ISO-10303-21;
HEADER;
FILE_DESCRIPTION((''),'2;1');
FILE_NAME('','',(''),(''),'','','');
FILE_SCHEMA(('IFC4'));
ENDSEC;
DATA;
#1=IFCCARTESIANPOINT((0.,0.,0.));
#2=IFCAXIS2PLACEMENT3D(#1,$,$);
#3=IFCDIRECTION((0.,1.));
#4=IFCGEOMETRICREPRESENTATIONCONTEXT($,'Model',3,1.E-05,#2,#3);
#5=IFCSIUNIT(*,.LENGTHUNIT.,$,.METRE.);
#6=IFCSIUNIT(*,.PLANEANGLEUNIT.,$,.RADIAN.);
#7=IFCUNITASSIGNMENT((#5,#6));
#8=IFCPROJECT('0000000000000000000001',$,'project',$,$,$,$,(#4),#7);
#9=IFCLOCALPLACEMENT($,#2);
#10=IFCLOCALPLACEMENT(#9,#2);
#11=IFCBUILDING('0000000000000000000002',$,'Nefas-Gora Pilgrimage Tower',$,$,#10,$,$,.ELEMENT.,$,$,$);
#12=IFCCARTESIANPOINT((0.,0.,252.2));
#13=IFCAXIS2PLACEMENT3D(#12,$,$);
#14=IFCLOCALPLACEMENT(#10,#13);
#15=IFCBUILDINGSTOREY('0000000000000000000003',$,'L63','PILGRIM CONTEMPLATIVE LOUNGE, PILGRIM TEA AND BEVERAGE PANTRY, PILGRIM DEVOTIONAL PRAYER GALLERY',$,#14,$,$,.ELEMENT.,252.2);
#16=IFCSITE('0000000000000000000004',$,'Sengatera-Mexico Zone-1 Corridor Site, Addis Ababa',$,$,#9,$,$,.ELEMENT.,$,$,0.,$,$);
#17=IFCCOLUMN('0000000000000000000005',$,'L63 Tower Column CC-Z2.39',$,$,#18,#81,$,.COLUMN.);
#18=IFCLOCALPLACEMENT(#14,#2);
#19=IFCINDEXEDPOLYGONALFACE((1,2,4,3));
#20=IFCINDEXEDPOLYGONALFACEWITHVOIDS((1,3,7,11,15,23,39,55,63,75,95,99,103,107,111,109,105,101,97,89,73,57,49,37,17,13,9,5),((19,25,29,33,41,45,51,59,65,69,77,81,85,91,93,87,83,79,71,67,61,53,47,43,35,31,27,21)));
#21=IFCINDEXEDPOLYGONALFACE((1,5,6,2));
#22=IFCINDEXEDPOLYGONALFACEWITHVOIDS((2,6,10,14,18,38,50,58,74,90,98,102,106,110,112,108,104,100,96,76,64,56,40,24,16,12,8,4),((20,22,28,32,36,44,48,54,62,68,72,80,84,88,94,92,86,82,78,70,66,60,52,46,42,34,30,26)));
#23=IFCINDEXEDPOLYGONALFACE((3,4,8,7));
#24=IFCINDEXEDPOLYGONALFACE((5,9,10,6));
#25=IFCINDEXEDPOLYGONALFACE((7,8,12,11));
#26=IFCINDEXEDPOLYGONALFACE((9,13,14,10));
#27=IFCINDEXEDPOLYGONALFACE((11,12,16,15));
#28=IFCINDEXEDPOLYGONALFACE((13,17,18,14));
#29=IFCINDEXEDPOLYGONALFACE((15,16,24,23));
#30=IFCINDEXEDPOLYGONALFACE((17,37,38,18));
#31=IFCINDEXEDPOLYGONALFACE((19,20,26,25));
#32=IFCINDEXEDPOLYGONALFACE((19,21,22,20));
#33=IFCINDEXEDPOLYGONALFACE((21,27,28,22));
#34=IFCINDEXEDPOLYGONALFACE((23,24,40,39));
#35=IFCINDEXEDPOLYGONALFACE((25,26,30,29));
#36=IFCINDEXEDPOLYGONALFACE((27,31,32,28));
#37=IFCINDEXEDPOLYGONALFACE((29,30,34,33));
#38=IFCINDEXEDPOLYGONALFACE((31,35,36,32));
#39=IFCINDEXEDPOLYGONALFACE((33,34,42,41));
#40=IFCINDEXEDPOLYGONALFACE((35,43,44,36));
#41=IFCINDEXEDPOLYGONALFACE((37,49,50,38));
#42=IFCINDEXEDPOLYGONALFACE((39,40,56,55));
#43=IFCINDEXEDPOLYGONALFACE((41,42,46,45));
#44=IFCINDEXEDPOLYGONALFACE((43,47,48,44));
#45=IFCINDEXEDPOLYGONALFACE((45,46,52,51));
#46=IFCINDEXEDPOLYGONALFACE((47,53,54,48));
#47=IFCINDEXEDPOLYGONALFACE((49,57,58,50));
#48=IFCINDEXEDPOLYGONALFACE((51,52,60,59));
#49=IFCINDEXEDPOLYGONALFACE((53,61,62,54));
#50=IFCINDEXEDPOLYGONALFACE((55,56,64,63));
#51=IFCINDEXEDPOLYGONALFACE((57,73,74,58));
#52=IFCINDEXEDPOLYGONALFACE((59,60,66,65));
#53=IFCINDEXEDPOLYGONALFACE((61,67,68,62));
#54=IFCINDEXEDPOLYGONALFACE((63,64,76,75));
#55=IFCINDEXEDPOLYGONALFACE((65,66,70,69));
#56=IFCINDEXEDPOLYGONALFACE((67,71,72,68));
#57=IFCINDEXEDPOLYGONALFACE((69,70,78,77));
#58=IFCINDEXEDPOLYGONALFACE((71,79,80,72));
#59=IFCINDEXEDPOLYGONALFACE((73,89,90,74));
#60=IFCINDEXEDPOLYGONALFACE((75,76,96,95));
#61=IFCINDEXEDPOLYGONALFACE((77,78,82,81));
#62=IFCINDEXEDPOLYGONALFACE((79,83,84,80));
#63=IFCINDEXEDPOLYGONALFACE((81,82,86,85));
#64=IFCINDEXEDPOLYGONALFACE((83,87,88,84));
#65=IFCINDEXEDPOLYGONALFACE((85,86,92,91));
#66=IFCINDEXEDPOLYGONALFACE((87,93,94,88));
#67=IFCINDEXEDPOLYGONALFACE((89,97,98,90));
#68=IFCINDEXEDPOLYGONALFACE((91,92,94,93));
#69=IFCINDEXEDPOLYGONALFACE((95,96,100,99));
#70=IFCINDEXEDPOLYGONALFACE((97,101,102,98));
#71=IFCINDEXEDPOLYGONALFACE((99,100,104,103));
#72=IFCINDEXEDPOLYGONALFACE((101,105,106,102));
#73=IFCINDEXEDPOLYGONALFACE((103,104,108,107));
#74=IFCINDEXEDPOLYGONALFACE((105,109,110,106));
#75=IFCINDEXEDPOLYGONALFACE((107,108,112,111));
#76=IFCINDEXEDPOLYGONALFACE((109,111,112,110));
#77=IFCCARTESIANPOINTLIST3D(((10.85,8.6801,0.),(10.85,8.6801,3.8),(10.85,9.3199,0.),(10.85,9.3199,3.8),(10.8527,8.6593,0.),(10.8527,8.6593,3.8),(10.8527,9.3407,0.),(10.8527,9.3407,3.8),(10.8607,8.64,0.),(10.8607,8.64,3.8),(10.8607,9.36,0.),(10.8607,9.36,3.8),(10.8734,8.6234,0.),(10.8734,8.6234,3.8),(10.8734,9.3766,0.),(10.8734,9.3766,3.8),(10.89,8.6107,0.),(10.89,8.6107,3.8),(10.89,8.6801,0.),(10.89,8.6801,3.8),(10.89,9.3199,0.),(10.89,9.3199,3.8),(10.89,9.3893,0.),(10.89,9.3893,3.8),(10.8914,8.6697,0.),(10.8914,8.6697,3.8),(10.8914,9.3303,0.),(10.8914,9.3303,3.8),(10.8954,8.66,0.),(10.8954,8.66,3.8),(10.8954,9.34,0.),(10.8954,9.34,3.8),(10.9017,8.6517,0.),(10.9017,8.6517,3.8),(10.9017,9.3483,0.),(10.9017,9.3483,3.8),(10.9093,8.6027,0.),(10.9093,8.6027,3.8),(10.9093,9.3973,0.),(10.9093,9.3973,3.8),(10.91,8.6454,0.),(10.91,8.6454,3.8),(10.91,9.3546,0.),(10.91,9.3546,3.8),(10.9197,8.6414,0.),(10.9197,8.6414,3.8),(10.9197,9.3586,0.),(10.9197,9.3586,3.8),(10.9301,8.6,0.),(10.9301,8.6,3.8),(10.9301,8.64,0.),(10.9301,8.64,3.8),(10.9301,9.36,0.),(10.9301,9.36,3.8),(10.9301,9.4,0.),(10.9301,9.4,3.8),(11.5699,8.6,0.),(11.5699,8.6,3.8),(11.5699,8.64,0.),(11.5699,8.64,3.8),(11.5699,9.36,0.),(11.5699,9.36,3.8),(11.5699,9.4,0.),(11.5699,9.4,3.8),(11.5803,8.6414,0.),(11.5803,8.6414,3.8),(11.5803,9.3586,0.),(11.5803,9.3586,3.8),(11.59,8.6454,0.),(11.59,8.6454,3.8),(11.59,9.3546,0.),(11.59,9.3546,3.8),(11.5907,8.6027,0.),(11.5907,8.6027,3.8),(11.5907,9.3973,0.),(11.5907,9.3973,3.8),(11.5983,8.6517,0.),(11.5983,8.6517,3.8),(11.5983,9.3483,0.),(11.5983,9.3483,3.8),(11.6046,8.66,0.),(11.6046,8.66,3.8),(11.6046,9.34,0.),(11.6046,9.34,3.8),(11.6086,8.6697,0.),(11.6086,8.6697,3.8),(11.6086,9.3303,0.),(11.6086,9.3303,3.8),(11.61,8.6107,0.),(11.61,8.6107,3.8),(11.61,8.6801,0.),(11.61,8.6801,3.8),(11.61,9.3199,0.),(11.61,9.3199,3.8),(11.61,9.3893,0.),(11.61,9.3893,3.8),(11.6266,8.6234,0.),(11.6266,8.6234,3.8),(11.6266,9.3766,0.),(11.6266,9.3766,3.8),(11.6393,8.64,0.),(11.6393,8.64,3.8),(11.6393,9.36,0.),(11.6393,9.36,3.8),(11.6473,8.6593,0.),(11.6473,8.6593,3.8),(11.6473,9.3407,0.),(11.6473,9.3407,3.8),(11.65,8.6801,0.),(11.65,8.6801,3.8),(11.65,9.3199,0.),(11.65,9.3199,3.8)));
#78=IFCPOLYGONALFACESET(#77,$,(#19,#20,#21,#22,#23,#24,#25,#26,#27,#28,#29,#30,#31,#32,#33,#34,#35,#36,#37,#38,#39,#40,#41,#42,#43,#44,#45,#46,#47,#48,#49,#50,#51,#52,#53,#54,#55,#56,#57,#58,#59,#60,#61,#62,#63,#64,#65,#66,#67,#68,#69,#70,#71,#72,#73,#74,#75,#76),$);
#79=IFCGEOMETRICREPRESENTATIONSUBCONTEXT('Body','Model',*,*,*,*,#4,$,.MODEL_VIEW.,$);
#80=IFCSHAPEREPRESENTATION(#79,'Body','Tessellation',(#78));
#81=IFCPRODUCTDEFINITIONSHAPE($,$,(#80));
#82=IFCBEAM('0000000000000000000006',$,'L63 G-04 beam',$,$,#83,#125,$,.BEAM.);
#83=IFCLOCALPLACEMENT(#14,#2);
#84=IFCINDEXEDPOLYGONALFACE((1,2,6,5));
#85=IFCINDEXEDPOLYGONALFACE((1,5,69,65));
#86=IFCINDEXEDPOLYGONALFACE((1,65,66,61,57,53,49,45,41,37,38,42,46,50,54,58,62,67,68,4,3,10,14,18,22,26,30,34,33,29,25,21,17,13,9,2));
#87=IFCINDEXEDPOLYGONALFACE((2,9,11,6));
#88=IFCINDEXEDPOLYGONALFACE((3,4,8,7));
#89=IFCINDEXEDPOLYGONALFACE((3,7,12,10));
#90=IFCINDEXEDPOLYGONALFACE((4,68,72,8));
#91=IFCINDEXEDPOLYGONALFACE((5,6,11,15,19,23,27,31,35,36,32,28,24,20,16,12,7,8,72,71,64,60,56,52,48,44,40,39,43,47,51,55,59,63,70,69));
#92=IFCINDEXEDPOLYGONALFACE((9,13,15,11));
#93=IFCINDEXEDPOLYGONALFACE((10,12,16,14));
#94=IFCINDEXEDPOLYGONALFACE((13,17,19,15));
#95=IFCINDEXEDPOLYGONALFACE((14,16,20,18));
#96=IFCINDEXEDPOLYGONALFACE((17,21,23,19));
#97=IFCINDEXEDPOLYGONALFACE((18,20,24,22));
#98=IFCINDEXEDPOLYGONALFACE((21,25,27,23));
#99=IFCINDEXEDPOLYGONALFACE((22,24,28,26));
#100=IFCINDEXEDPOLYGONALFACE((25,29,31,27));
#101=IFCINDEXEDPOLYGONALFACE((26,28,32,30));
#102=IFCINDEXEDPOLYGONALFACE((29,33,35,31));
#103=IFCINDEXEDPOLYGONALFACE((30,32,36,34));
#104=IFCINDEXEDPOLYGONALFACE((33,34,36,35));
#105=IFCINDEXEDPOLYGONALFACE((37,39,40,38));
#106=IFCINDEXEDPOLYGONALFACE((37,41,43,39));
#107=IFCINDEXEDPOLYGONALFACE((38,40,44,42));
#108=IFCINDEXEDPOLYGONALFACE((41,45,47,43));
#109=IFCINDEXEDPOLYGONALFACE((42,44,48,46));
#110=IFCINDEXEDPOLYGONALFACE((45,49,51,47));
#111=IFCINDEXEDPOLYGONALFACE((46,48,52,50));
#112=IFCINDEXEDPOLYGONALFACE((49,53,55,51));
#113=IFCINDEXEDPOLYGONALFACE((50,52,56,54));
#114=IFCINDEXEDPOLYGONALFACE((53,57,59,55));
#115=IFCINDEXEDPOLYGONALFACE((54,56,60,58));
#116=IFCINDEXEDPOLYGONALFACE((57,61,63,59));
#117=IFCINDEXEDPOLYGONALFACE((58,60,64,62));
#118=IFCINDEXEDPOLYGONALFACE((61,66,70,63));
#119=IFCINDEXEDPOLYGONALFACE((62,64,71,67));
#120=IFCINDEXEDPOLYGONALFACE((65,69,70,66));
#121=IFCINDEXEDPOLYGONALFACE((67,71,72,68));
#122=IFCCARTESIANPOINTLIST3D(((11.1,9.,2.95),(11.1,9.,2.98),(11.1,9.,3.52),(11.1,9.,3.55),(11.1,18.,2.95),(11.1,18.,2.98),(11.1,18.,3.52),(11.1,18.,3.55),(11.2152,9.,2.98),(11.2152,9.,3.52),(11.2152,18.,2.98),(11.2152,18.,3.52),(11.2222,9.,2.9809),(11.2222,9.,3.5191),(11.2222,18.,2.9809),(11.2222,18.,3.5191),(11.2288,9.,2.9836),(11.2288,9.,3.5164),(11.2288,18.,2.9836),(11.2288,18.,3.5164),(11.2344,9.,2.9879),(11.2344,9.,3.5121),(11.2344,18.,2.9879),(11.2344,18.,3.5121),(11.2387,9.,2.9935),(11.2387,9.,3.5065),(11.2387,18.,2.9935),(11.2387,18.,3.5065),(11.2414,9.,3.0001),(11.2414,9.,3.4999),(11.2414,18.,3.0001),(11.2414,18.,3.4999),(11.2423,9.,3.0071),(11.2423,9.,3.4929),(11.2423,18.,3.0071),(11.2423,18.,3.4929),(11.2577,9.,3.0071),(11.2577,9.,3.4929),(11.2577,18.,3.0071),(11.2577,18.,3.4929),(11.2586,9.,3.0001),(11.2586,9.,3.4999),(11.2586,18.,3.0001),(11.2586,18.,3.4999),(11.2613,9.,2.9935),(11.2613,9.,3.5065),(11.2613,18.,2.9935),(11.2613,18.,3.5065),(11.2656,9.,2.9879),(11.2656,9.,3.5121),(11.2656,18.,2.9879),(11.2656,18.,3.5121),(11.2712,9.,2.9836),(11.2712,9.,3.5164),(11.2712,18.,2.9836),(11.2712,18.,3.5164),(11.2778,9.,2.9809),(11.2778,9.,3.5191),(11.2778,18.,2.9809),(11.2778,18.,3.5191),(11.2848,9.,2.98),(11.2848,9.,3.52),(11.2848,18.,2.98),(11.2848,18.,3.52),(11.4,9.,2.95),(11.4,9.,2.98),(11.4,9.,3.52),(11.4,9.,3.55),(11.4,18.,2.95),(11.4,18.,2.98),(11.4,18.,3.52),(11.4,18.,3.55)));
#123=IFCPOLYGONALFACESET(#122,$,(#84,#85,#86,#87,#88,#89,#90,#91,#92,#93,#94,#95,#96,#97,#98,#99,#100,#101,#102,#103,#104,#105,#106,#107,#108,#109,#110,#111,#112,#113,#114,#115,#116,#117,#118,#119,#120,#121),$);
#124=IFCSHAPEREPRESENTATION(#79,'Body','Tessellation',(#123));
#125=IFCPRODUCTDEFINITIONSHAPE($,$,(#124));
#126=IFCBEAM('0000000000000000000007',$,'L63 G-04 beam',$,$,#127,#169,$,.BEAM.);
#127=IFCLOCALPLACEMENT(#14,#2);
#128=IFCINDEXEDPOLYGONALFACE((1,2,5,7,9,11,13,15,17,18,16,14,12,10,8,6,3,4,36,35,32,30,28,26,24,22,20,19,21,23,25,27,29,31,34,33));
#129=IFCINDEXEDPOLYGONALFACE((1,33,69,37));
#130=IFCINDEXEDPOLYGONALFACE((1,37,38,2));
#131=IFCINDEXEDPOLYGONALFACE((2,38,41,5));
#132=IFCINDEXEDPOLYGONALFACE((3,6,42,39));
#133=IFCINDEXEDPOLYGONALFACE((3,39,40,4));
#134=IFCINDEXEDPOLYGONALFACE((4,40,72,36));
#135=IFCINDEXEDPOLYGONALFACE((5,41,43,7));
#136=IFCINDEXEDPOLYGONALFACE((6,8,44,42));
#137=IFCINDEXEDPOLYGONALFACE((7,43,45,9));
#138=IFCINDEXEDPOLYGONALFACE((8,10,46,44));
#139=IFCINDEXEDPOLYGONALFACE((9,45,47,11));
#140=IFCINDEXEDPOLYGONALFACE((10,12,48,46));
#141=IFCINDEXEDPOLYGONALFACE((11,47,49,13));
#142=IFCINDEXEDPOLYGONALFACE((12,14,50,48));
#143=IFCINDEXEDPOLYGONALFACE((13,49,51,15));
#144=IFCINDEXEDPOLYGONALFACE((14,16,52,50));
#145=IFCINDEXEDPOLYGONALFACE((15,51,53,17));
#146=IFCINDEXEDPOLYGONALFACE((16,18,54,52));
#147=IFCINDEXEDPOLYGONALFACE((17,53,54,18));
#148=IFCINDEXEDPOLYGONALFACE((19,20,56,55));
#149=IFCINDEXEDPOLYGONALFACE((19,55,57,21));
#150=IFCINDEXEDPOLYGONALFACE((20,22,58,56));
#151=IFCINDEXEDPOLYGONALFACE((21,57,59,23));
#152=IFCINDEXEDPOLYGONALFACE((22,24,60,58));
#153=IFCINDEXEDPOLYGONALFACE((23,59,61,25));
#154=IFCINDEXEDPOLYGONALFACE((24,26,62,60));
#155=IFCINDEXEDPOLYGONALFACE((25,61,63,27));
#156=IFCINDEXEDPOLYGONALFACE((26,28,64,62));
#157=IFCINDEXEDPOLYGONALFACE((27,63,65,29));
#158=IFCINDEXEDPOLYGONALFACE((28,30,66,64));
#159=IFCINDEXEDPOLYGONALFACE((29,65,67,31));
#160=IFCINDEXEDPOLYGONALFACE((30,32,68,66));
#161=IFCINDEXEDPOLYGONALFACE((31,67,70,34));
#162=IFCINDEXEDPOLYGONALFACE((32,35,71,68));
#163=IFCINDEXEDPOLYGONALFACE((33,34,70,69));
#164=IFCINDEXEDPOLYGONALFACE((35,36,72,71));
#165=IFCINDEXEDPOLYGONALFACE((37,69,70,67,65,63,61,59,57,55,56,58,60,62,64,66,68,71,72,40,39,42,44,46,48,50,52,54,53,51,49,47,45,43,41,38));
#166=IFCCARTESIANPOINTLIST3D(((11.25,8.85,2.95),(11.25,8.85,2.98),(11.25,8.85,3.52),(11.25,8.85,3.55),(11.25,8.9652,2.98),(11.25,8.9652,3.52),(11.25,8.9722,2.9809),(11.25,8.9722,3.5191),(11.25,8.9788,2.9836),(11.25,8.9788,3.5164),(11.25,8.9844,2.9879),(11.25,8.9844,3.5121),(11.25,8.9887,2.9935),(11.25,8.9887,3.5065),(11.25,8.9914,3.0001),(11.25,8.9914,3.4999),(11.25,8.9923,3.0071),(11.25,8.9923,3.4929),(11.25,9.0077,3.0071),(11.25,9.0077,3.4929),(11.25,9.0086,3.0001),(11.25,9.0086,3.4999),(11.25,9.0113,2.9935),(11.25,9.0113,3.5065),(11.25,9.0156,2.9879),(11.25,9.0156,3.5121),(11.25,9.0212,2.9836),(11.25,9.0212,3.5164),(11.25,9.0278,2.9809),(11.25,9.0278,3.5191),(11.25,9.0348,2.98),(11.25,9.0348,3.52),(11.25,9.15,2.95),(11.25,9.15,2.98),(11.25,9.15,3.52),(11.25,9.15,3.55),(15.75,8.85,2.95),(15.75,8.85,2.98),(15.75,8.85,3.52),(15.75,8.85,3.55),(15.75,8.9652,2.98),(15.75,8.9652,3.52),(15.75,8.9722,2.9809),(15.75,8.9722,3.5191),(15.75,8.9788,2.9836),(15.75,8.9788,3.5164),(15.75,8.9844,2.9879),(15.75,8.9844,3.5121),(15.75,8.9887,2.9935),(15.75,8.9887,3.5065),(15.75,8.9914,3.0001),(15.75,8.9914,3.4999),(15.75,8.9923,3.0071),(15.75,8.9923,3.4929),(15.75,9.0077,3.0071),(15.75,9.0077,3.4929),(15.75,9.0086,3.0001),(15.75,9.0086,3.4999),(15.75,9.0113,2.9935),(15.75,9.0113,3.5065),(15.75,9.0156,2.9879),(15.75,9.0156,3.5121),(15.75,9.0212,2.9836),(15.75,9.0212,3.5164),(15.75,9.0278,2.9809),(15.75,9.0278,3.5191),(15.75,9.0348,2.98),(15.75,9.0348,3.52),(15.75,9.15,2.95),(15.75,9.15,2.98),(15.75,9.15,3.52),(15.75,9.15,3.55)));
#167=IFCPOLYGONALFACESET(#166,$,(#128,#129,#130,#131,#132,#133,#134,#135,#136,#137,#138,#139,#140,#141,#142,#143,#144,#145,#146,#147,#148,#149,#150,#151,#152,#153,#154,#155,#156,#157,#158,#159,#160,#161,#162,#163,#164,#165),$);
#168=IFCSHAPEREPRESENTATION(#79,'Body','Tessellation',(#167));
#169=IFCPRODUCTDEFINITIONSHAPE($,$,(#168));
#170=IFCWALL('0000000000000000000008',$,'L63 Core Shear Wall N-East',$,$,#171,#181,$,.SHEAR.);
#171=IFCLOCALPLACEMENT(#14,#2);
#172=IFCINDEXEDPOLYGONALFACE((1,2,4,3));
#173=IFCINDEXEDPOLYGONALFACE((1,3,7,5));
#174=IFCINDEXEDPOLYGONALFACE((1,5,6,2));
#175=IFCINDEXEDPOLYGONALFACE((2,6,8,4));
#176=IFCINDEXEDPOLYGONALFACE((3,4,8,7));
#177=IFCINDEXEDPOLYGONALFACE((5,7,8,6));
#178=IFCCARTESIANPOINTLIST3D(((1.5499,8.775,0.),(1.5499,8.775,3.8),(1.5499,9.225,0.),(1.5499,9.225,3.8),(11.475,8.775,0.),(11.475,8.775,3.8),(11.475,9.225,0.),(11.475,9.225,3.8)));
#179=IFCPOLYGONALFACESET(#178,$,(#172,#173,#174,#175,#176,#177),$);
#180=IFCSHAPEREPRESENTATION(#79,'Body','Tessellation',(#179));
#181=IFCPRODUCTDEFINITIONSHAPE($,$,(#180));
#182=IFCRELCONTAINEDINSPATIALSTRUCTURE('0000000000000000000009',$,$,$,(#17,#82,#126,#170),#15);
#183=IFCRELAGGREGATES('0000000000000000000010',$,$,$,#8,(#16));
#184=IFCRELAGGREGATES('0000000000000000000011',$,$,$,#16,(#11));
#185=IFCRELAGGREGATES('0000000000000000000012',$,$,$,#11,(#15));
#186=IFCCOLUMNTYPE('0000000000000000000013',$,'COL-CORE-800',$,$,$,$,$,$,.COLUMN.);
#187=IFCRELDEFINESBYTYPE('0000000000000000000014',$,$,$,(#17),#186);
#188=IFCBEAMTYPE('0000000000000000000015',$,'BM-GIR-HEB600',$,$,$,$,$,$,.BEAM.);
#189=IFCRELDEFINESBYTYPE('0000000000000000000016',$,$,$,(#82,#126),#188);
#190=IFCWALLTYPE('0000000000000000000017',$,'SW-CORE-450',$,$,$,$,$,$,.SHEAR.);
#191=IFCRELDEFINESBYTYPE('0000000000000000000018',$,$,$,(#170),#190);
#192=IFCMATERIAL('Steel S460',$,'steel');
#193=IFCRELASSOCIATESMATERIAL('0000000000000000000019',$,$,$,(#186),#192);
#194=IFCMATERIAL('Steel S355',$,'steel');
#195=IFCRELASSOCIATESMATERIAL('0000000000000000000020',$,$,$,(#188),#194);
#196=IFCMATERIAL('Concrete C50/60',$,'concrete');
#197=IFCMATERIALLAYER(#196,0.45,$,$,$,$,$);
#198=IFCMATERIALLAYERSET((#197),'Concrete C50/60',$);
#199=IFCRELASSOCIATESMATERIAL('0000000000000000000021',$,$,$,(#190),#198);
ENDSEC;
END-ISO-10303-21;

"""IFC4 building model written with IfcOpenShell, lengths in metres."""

from ifc_helpers import new_model, si_unit, direction, frame, frame_2d, origin, origin_2d, place, context, subcontext, project, spatial, rectangle, hollow_rectangle, i_section, extrude, source, transform, mapped, material, layer, layer_set, material_profile, profile_set, type_object, element, save


model = new_model("IFC4")

# Units and contexts
model_context = context("Model", 3, precision=1e-05, world=origin(), true_north=direction((0.0, 1.0)))
body_context = subcontext(model_context, "Body", "Model", "MODEL_VIEW")
ifc_project = project(units=[si_unit("LENGTHUNIT", "METRE"), si_unit("PLANEANGLEUNIT", "RADIAN")], contexts=[model_context])

# Site, building, storey
site_placement = place(None, origin())
site = spatial("IfcSite", under=ifc_project, at=site_placement, Name="Sengatera-Mexico Zone-1 Corridor Site, Addis Ababa", CompositionType="ELEMENT", RefElevation=0.0)
building_placement = place(site_placement, origin())
building = spatial("IfcBuilding", under=site, at=building_placement, Name="Nefas-Gora Pilgrimage Tower", CompositionType="ELEMENT")
storey_placement = place(building_placement, frame((0.0, 0.0, 252.2)))
storey = spatial("IfcBuildingStorey", under=building, at=storey_placement, Name="L63", Description="PILGRIM CONTEMPLATIVE LOUNGE, PILGRIM TEA AND BEVERAGE PANTRY, PILGRIM DEVOTIONAL PRAYER GALLERY", CompositionType="ELEMENT", Elevation=252.2)

# Column
ifc_material_1 = material(Name="Steel S460", Category="steel")
ifc_material_profile_1 = material_profile(ifc_material_1, hollow_rectangle(XDim=0.8, YDim=0.8, WallThickness=0.04, InnerFilletRadius=0.04, OuterFilletRadius=0.0801, at=origin_2d()), Name="BOX 800x800x40")
ifc_profile_set_1 = profile_set([ifc_material_profile_1], Name="Steel S460")
column_type = type_object("IfcColumnType", Name="COL-CORE-800", PredefinedType="COLUMN", material=ifc_profile_set_1)
shared_shape_1 = source(origin(), body_context, "Body", "SweptSolid", [
    extrude(hollow_rectangle(XDim=0.8, YDim=0.8, WallThickness=0.04, InnerFilletRadius=0.04, OuterFilletRadius=0.0801, at=origin_2d()), origin(), (0.0, 0.0, 1.0), 3.8),
])
column_placement = place(storey_placement, frame((11.25, 9.0, 0.0), z_axis=(0.0, 0.0, 1.0), x_axis=(1.0, 0.0, 0.0)))
element("IfcColumn", 1, at=column_placement, inside=storey, type_object=column_type, Name="L63 Tower Column CC-Z2.39", PredefinedType="COLUMN", context=body_context, shape_type="MappedRepresentation", body=[
    mapped(shared_shape_1, transform((0.0, 0.0, 0.0), x_axis=(1.0, 0.0, 0.0), y_axis=(0.0, 1.0, 0.0), z_axis=(0.0, 0.0, 1.0), scale=1.0)),
])

# Beams
ifc_material_2 = material(Name="Steel S355", Category="steel")
ifc_material_profile_2 = material_profile(ifc_material_2, i_section(OverallWidth=0.3, OverallDepth=0.6001, WebThickness=0.0154, FlangeThickness=0.03, FilletRadius=0.0271, at=origin_2d()), Name="HEB 600")
ifc_profile_set_2 = profile_set([ifc_material_profile_2], Name="Steel S355")
beam_type = type_object("IfcBeamType", Name="BM-GIR-HEB600", PredefinedType="BEAM", material=ifc_profile_set_2)
shared_shape_2 = source(origin(), body_context, "Body", "SweptSolid", [
    extrude(i_section(OverallWidth=0.3, OverallDepth=0.6001, WebThickness=0.0154, FlangeThickness=0.03, FilletRadius=0.0271, at=origin_2d()), origin(), (0.0, 0.0, 1.0), 9.0),
])
beam_1_placement = place(storey_placement, frame((11.25, 9.0, 3.25), z_axis=(0.0, 1.0, 0.0), x_axis=(-1.0, 0.0, 0.0)))
element("IfcBeam", 2, at=beam_1_placement, inside=storey, type_object=beam_type, Name="L63 G-04 beam", PredefinedType="BEAM", context=body_context, shape_type="MappedRepresentation", body=[
    mapped(shared_shape_2, transform((0.0, 0.0, 0.0), x_axis=(1.0, 0.0, 0.0), y_axis=(0.0, 1.0, 0.0), z_axis=(0.0, 0.0, 1.0), scale=1.0)),
])
shared_shape_3 = source(origin(), body_context, "Body", "SweptSolid", [
    extrude(i_section(OverallWidth=0.3, OverallDepth=0.6001, WebThickness=0.0154, FlangeThickness=0.03, FilletRadius=0.0271, at=origin_2d()), origin(), (0.0, 0.0, 1.0), 4.5),
])
beam_2_placement = place(storey_placement, frame((11.25, 9.0, 3.25), z_axis=(1.0, 0.0, 0.0), x_axis=(0.0, 1.0, 0.0)))
element("IfcBeam", 3, at=beam_2_placement, inside=storey, type_object=beam_type, Name="L63 G-04 beam", PredefinedType="BEAM", context=body_context, shape_type="MappedRepresentation", body=[
    mapped(shared_shape_3, transform((0.0, 0.0, 0.0), x_axis=(1.0, 0.0, 0.0), y_axis=(0.0, 1.0, 0.0), z_axis=(0.0, 0.0, 1.0), scale=1.0)),
])

# Wall
ifc_material_3 = material(Name="Concrete C50/60", Category="concrete")
ifc_layer_1 = layer(ifc_material_3, 0.45)
ifc_layer_set_1 = layer_set([ifc_layer_1], Name="Concrete C50/60")
wall_type_1 = type_object("IfcWallType", Name="SW-CORE-450", PredefinedType="SHEAR", material=ifc_layer_set_1)
shared_shape_4 = source(origin(), body_context, "Body", "SweptSolid", [
    extrude(rectangle(XDim=9.925, YDim=0.45, at=frame_2d((4.9624, 0.0))), origin(), (0.0, 0.0, 1.0), 3.8),
])
wall_1_placement = place(storey_placement, frame((1.55, 9.0, 0.0), z_axis=(0.0, 0.0, 1.0), x_axis=(1.0, 0.0, 0.0)))
element("IfcWall", 4, at=wall_1_placement, inside=storey, type_object=wall_type_1, Name="L63 Core Shear Wall N-East", PredefinedType="SHEAR", context=body_context, shape_type="MappedRepresentation", body=[
    mapped(shared_shape_4, transform((0.0, 0.0, 0.0), x_axis=(1.0, 0.0, 0.0), y_axis=(0.0, 1.0, 0.0), z_axis=(0.0, 0.0, 1.0), scale=1.0)),
])

save(model, "model.ifc")
